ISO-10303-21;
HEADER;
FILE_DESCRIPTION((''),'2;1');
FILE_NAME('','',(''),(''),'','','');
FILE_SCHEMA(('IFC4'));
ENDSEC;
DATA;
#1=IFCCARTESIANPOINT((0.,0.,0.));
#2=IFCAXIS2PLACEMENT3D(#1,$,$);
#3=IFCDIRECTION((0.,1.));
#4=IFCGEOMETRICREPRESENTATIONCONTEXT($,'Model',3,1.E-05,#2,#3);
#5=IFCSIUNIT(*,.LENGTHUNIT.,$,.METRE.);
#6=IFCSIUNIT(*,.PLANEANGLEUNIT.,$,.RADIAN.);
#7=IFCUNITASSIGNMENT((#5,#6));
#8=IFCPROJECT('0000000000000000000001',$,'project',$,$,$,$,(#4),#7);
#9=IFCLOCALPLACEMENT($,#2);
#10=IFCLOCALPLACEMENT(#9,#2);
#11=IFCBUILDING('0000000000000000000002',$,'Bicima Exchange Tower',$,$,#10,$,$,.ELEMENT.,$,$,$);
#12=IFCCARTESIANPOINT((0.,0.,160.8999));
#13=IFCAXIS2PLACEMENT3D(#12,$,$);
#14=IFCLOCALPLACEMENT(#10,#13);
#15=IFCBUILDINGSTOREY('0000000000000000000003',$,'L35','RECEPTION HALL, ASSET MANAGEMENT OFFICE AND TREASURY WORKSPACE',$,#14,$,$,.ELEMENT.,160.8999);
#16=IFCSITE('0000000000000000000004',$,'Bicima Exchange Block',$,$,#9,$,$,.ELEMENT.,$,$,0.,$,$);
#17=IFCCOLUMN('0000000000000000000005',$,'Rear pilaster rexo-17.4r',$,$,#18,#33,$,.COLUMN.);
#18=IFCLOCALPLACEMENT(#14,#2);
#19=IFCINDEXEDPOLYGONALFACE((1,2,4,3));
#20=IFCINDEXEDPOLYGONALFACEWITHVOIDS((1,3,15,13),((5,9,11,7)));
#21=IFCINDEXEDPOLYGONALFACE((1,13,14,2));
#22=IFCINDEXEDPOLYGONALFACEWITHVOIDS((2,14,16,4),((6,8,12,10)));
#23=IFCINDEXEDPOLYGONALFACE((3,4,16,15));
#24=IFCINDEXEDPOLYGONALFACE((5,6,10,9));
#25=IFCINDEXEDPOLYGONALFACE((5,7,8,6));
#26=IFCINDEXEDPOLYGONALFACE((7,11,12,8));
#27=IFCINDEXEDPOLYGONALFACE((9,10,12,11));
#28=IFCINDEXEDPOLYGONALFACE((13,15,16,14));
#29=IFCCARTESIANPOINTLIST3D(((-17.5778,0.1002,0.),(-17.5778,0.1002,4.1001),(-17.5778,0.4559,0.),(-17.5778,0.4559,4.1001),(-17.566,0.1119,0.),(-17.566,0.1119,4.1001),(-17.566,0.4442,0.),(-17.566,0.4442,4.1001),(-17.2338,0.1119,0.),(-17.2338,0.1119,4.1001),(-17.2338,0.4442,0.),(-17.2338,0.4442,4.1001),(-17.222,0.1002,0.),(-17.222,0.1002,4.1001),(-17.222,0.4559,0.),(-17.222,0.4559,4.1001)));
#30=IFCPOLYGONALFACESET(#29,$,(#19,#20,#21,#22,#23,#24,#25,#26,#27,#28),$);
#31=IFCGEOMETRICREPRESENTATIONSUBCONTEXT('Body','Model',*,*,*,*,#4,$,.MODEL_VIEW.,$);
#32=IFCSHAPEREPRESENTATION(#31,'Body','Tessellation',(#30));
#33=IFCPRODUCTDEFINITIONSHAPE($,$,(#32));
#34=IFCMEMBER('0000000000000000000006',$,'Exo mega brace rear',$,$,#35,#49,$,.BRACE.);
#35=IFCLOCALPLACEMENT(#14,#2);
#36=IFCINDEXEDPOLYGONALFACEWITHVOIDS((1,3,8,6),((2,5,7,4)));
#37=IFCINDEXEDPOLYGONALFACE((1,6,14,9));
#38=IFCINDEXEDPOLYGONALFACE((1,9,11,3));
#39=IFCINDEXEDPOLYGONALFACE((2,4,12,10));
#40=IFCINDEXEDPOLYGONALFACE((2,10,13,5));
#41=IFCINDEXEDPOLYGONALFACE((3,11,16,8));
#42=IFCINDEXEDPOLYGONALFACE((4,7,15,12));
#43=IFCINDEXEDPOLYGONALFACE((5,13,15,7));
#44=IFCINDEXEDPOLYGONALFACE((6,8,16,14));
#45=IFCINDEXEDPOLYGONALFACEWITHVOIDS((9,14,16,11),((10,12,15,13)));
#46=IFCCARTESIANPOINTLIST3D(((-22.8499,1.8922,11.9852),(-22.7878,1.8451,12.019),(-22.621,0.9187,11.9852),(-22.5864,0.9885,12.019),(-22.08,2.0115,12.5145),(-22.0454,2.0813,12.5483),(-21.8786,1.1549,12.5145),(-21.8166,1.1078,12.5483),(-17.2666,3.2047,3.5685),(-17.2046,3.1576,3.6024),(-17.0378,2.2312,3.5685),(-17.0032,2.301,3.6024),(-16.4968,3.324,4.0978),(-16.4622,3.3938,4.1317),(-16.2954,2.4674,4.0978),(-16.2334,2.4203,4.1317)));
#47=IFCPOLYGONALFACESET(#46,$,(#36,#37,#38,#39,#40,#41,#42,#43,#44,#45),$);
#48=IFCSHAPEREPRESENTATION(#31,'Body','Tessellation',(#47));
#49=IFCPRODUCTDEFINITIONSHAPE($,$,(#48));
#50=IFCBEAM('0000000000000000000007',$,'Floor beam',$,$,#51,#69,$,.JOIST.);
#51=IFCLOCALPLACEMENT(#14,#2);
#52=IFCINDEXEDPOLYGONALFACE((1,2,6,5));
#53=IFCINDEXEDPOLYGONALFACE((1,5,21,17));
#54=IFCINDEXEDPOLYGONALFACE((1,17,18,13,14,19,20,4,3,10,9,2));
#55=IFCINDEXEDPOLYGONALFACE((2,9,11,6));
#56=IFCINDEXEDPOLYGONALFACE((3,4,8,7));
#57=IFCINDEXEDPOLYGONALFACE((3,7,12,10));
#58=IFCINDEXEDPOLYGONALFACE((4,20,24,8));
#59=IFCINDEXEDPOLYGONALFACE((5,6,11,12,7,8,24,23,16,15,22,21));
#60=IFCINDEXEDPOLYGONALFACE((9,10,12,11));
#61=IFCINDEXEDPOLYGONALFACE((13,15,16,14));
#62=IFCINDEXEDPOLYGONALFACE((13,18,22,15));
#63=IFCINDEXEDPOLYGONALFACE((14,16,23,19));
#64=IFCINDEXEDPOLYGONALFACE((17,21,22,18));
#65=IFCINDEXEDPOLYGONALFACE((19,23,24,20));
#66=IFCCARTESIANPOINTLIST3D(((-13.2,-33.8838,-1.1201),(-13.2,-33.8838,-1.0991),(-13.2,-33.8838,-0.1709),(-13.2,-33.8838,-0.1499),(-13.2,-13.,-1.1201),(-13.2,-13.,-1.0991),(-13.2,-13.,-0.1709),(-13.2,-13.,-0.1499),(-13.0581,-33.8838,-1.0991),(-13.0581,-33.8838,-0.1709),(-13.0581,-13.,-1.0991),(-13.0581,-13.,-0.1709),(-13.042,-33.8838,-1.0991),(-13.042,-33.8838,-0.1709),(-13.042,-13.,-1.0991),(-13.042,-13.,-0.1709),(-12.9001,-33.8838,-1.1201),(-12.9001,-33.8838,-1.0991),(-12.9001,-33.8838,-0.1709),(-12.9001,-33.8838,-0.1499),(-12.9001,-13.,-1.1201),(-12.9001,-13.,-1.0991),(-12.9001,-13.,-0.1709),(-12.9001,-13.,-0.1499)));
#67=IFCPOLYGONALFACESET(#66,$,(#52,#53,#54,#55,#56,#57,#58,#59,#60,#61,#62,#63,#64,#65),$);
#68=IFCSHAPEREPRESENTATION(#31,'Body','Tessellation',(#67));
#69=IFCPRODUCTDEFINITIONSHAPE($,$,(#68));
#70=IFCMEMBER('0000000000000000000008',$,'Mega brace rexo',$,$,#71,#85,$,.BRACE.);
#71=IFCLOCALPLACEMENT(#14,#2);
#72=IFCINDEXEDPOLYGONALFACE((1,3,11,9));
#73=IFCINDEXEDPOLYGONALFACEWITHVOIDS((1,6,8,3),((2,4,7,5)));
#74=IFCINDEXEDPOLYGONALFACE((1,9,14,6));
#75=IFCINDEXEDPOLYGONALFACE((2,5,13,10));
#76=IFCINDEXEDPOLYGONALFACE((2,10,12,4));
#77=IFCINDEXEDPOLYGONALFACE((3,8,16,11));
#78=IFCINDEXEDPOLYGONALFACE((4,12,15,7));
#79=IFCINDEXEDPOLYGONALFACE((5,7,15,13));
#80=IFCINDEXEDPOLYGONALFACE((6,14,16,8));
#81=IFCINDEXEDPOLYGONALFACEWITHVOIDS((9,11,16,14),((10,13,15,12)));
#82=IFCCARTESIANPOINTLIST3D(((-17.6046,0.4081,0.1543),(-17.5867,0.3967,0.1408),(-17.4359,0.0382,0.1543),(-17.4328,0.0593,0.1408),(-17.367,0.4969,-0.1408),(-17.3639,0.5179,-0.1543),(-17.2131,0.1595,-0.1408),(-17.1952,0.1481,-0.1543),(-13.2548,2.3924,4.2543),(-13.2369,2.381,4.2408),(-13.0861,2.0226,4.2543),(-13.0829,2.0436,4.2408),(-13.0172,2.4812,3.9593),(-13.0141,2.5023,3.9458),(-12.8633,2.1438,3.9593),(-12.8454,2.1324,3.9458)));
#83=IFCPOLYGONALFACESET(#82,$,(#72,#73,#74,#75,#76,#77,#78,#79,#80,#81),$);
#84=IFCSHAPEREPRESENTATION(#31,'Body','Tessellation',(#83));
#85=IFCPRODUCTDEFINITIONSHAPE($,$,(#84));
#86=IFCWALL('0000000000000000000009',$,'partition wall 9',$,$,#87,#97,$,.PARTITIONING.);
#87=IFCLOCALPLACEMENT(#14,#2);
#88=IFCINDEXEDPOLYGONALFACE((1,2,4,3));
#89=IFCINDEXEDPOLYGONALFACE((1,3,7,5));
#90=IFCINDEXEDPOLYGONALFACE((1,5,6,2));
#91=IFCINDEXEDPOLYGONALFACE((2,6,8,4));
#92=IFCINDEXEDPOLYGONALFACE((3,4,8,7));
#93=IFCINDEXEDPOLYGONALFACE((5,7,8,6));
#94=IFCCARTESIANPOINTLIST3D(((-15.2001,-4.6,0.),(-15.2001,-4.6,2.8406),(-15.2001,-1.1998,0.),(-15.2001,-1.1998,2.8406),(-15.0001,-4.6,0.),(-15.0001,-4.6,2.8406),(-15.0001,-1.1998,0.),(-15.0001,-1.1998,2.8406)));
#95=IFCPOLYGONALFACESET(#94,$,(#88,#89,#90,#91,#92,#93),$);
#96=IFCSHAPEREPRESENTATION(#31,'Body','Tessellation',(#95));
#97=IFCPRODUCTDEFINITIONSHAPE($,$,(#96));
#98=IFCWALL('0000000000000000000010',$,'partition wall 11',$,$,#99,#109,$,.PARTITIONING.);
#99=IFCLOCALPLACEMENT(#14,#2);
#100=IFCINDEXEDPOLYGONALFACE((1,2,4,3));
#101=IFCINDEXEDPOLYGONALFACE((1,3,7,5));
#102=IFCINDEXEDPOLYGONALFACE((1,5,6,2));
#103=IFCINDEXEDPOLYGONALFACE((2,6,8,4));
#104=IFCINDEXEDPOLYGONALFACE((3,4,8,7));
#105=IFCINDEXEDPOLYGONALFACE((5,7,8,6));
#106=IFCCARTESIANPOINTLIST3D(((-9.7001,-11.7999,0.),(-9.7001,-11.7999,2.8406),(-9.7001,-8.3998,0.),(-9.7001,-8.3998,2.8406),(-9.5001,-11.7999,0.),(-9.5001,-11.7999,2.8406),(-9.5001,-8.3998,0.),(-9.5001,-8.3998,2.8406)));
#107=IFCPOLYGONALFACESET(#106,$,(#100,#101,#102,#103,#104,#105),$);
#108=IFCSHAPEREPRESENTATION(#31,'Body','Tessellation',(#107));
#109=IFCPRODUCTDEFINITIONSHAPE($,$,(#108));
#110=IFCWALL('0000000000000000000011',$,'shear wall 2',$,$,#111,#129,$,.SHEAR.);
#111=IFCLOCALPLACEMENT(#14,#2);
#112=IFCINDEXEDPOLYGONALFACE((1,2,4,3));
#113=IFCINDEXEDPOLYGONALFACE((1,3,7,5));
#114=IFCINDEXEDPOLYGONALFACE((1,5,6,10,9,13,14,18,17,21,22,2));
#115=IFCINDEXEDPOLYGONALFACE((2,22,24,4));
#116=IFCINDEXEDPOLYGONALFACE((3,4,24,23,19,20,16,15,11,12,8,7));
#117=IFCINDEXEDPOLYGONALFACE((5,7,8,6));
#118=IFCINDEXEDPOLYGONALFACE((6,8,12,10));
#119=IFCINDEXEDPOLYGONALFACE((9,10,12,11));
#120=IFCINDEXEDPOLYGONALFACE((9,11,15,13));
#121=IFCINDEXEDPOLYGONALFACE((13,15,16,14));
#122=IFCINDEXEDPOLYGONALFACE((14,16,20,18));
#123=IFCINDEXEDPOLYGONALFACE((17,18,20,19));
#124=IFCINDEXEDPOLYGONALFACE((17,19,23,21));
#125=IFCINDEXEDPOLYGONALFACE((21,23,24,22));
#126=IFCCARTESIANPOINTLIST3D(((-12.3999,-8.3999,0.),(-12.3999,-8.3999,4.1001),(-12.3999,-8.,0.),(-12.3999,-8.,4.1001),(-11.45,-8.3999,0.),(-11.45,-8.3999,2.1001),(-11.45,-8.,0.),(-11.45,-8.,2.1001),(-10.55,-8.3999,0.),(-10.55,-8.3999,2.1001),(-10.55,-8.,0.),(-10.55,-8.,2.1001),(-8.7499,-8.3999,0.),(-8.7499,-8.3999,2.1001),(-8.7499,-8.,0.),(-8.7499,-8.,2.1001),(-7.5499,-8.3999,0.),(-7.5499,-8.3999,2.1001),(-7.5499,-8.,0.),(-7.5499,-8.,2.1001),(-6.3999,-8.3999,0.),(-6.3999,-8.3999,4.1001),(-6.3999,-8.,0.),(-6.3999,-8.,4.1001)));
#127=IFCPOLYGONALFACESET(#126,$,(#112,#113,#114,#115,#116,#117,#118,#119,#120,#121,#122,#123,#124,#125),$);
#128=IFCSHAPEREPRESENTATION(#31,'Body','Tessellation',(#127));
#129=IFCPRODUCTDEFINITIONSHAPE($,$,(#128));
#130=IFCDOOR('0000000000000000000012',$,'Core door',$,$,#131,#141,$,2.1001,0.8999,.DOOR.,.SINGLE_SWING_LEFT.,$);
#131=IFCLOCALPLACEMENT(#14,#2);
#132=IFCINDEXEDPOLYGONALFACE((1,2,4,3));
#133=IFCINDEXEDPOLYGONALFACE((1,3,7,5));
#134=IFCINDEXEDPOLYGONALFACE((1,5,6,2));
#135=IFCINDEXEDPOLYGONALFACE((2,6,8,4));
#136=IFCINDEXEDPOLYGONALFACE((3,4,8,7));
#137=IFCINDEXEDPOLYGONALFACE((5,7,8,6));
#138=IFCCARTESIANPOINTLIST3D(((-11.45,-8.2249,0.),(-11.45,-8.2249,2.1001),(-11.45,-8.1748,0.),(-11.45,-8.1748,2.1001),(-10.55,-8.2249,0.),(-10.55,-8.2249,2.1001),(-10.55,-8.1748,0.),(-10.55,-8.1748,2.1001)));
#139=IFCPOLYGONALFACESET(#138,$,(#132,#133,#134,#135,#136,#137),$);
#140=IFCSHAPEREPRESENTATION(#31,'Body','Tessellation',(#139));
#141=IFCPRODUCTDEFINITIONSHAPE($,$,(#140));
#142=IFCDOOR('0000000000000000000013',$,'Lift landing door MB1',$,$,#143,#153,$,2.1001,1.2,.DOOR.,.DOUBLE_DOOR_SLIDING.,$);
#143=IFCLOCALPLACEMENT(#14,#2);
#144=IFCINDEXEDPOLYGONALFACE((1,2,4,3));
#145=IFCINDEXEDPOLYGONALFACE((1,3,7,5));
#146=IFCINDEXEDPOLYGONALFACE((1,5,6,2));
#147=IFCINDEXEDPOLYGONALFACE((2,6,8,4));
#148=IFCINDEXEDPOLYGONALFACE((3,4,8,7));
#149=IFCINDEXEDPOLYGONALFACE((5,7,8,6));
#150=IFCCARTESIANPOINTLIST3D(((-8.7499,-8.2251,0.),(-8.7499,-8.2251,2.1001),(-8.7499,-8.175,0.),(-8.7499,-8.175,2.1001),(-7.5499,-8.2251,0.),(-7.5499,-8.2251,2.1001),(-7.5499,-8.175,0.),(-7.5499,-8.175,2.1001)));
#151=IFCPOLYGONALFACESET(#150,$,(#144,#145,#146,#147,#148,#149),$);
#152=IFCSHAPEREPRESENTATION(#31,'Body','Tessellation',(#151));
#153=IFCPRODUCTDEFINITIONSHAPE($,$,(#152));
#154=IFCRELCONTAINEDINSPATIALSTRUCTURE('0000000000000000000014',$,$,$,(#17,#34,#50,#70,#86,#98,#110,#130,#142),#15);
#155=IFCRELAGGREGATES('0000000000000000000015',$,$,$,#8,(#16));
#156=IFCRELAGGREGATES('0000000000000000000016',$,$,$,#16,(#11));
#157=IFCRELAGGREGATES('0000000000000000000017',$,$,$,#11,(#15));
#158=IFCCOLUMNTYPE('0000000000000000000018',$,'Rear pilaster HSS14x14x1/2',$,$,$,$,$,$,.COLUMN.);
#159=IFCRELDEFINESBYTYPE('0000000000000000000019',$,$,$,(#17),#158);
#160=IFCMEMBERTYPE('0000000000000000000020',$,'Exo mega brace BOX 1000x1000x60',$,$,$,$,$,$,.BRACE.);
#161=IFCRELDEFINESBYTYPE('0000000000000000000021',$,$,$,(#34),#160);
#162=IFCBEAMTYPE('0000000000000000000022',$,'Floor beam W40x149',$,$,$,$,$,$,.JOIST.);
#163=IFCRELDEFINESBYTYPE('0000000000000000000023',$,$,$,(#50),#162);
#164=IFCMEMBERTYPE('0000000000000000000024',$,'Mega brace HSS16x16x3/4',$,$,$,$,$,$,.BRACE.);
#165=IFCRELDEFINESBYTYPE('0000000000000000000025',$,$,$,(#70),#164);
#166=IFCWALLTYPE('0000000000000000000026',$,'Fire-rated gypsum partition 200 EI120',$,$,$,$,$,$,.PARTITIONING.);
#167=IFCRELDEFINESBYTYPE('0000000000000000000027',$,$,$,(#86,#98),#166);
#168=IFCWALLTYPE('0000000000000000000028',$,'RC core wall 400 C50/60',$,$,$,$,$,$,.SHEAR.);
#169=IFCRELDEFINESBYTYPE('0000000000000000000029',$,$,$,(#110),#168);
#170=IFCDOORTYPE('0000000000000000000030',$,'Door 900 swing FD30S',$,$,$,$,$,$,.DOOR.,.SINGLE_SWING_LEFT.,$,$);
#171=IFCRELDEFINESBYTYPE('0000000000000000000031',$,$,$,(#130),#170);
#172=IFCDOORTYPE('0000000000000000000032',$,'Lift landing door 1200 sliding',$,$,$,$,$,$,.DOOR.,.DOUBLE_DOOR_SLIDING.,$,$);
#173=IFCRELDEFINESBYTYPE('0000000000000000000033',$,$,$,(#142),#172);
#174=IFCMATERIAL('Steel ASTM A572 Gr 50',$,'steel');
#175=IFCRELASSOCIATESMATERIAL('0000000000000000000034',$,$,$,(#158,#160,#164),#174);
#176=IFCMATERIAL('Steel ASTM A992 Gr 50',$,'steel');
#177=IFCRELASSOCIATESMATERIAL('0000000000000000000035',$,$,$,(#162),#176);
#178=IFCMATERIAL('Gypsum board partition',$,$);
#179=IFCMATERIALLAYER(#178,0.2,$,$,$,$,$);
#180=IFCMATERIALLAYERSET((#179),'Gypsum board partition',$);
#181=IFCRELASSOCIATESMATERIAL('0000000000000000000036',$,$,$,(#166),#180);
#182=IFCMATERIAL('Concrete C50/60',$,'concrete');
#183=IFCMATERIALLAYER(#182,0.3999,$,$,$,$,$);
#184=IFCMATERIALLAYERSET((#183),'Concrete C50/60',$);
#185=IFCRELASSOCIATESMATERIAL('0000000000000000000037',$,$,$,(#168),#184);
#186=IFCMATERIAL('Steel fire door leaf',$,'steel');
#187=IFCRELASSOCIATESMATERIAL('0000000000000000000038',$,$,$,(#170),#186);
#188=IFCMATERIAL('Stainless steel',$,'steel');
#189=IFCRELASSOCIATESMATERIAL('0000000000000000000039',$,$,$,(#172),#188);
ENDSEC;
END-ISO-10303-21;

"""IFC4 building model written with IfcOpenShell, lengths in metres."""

from ifc_helpers import new_model, si_unit, direction, frame, frame_2d, origin, origin_2d, place, context, subcontext, project, spatial, rectangle, hollow_rectangle, i_section, extrude, material, layer, layer_set, material_profile, profile_set, type_object, element, fill, save


model = new_model("IFC4")

# Units and contexts
model_context = context("Model", 3, precision=1e-05, world=origin(), true_north=direction((0.0, 1.0)))
body_context = subcontext(model_context, "Body", "Model", "MODEL_VIEW")
ifc_project = project(units=[si_unit("LENGTHUNIT", "METRE"), si_unit("PLANEANGLEUNIT", "RADIAN")], contexts=[model_context])

# Site, building, storey
site_placement = place(None, origin())
site = spatial("IfcSite", under=ifc_project, at=site_placement, Name="Bicima Exchange Block", CompositionType="ELEMENT", RefElevation=0.0)
building_placement = place(site_placement, origin())
building = spatial("IfcBuilding", under=site, at=building_placement, Name="Bicima Exchange Tower", CompositionType="ELEMENT")
storey_placement = place(building_placement, frame((0.0, 0.0, 160.8999)))
storey = spatial("IfcBuildingStorey", under=building, at=storey_placement, Name="L35", Description="RECEPTION HALL, ASSET MANAGEMENT OFFICE AND TREASURY WORKSPACE", CompositionType="ELEMENT", Elevation=160.8999)

# Column
ifc_material_1 = material(Name="Steel ASTM A572 Gr 50", Category="steel")
ifc_material_profile_1 = material_profile(ifc_material_1, hollow_rectangle(XDim=0.3557, YDim=0.3557, WallThickness=0.0117, at=origin_2d()))
ifc_profile_set_1 = profile_set([ifc_material_profile_1], Name="Steel ASTM A572 Gr 50")
column_type = type_object("IfcColumnType", Name="Rear pilaster HSS14x14x1/2", PredefinedType="COLUMN", material=ifc_profile_set_1)
column_placement = place(storey_placement, frame((-17.3999, 0.2781, 0.0), z_axis=(0.0, 0.0, 1.0), x_axis=(1.0, 0.0, 0.0)))
element("IfcColumn", 1, at=column_placement, inside=storey, type_object=column_type, Name="Rear pilaster rexo-17.4r", PredefinedType="COLUMN", context=body_context, shape_type="SweptSolid", body=[
    extrude(hollow_rectangle(XDim=0.3557, YDim=0.3557, WallThickness=0.0117, at=origin_2d()), origin(), (0.0, 0.0, 1.0), 4.1001),
])

# Member
ifc_material_profile_2 = material_profile(ifc_material_1, hollow_rectangle(XDim=1.0, YDim=1.0, WallThickness=0.0601, at=origin_2d()))
ifc_profile_set_2 = profile_set([ifc_material_profile_2], Name="Steel ASTM A572 Gr 50")
member_type_1 = type_object("IfcMemberType", Name="Exo mega brace BOX 1000x1000x60", PredefinedType="BRACE", material=ifc_profile_set_2)
member_1_placement = place(storey_placement, frame((-16.75, 2.8125, 3.8501), z_axis=(-0.548176, -0.128864, 0.826376), x_axis=(0.22884, -0.973464, 0.0)))
element("IfcMember", 2, at=member_1_placement, inside=storey, type_object=member_type_1, Name="Exo mega brace rear", PredefinedType="BRACE", context=body_context, shape_type="SweptSolid", body=[
    extrude(hollow_rectangle(XDim=1.0, YDim=1.0, WallThickness=0.0601, at=origin_2d()), origin(), (0.0, 0.0, 1.0), 10.1851),
])

# Beam
ifc_material_2 = material(Name="Steel ASTM A992 Gr 50", Category="steel")
ifc_material_profile_3 = material_profile(ifc_material_2, i_section(OverallWidth=0.2998, OverallDepth=0.9702, WebThickness=0.0161, FlangeThickness=0.021, at=origin_2d()))
ifc_profile_set_3 = profile_set([ifc_material_profile_3], Name="Steel ASTM A992 Gr 50")
beam_type = type_object("IfcBeamType", Name="Floor beam W40x149", PredefinedType="JOIST", material=ifc_profile_set_3)
beam_placement = place(storey_placement, frame((-13.05, -13.0, -0.635), z_axis=(0.0, -1.0, 0.0), x_axis=(1.0, 0.0, 0.0)))
element("IfcBeam", 3, at=beam_placement, inside=storey, type_object=beam_type, Name="Floor beam", PredefinedType="JOIST", context=body_context, shape_type="SweptSolid", body=[
    extrude(i_section(OverallWidth=0.2998, OverallDepth=0.9702, WebThickness=0.0161, FlangeThickness=0.021, at=origin_2d()), origin(), (0.0, 0.0, 1.0), 20.8838),
])

# Member
ifc_material_profile_4 = material_profile(ifc_material_1, hollow_rectangle(XDim=0.4065, YDim=0.4065, WallThickness=0.0178, at=origin_2d()))
ifc_profile_set_4 = profile_set([ifc_material_profile_4], Name="Steel ASTM A572 Gr 50")
member_type_2 = type_object("IfcMemberType", Name="Mega brace HSS16x16x3/4", PredefinedType="BRACE", material=ifc_profile_set_4)
member_2_placement = place(storey_placement, frame((-17.3999, 0.2781, 0.0), z_axis=(0.690629, 0.31506, 0.650975), x_axis=(-0.415045, 0.909801, 0.0)))
element("IfcMember", 4, at=member_2_placement, inside=storey, type_object=member_type_2, Name="Mega brace rexo", PredefinedType="BRACE", context=body_context, shape_type="SweptSolid", body=[
    extrude(hollow_rectangle(XDim=0.4065, YDim=0.4065, WallThickness=0.0178, at=origin_2d()), origin(), (0.0, 0.0, 1.0), 6.2983),
])

# Walls
ifc_material_3 = material(Name="Gypsum board partition")
ifc_layer_1 = layer(ifc_material_3, 0.2)
ifc_layer_set_1 = layer_set([ifc_layer_1], Name="Gypsum board partition")
wall_type_1 = type_object("IfcWallType", Name="Fire-rated gypsum partition 200 EI120", PredefinedType="PARTITIONING", material=ifc_layer_set_1)
for number, where, z_axis, x_axis, name in (
    (5, (-15.1001, -4.6001, 0.0), (0.0, 0.0, 1.0), (0.0, 1.0, 0.0), "partition wall 9"),
    (6, (-9.6001, -11.8, 0.0), (0.0, 0.0, 1.0), (0.0, 1.0, 0.0), "partition wall 11"),
):
    element("IfcWall", number, at=place(storey_placement, frame(where, z_axis=z_axis, x_axis=x_axis)), inside=storey, type_object=wall_type_1, Name=name, PredefinedType="PARTITIONING", context=body_context, shape_type="SweptSolid", body=[
        extrude(rectangle(XDim=3.4001, YDim=0.2, at=frame_2d((1.7002, 0.0))), origin(), (0.0, 0.0, 1.0), 2.8406),
    ])

# Wall, openings, doors
ifc_material_4 = material(Name="Concrete C50/60", Category="concrete")
ifc_layer_2 = layer(ifc_material_4, 0.3999)
ifc_layer_set_2 = layer_set([ifc_layer_2], Name="Concrete C50/60")
wall_type_2 = type_object("IfcWallType", Name="RC core wall 400 C50/60", PredefinedType="SHEAR", material=ifc_layer_set_2)
wall_1_placement = place(storey_placement, frame((-12.3999, -8.2, 0.0), z_axis=(0.0, 0.0, 1.0), x_axis=(1.0, 0.0, 0.0)))
wall_1 = element("IfcWall", 7, at=wall_1_placement, inside=storey, type_object=wall_type_2, Name="shear wall 2", PredefinedType="SHEAR", context=body_context, shape_type="SweptSolid", body=[
    extrude(rectangle(XDim=6.0, YDim=0.3999, at=frame_2d((3.0, 0.0))), origin(), (0.0, 0.0, 1.0), 4.1001),
])
opening_1_placement = place(wall_1_placement, frame((3.6499, 0.0, 0.0)))
opening_1 = element("IfcOpeningElement", 8, at=opening_1_placement, cuts=wall_1, PredefinedType="OPENING", context=body_context, shape_type="SweptSolid", body=[
    extrude(rectangle(XDim=1.2, YDim=2.1001, at=frame_2d((0.6001, 1.05))), frame((0.0, 0.2119, 0.0), z_axis=(0.0, -1.0, 0.0), x_axis=(1.0, 0.0, 0.0)), (0.0, 0.0, 1.0), 0.4238),
])
opening_2_placement = place(wall_1_placement, frame((0.95, 0.0, 0.0)))
opening_2 = element("IfcOpeningElement", 9, at=opening_2_placement, cuts=wall_1, PredefinedType="OPENING", context=body_context, shape_type="SweptSolid", body=[
    extrude(rectangle(XDim=0.8999, YDim=2.1001, at=frame_2d((0.45, 1.05))), frame((0.0, 0.2119, 0.0), z_axis=(0.0, -1.0, 0.0), x_axis=(1.0, 0.0, 0.0)), (0.0, 0.0, 1.0), 0.4238),
])
ifc_material_5 = material(Name="Steel fire door leaf", Category="steel")
door_type_1 = type_object("IfcDoorType", Name="Door 900 swing FD30S", OperationType="SINGLE_SWING_LEFT", PredefinedType="DOOR", material=ifc_material_5)
door_1_placement = place(opening_2_placement, frame((0.8999, 0.0, 0.0), z_axis=(0.0, 0.0, 1.0), x_axis=(-1.0, 0.0, 0.0)))
door_1 = element("IfcDoor", 10, at=door_1_placement, inside=storey, type_object=door_type_1, Name="Core door", OperationType="SINGLE_SWING_LEFT", OverallHeight=2.1001, OverallWidth=0.8999, PredefinedType="DOOR", context=body_context, shape_type="SweptSolid", body=[
    extrude(rectangle(XDim=0.8999, YDim=2.1001, at=frame_2d((0.45, 1.05))), frame((0.0, 0.0249, 0.0), z_axis=(0.0, -1.0, 0.0), x_axis=(1.0, 0.0, 0.0)), (0.0, 0.0, 1.0), 0.05),
])
fill(opening_2, door_1)
ifc_material_6 = material(Name="Stainless steel", Category="steel")
door_type_2 = type_object("IfcDoorType", Name="Lift landing door 1200 sliding", OperationType="DOUBLE_DOOR_SLIDING", PredefinedType="DOOR", material=ifc_material_6)
door_2_placement = place(opening_1_placement, origin())
door_2 = element("IfcDoor", 11, at=door_2_placement, inside=storey, type_object=door_type_2, Name="Lift landing door MB1", OperationType="DOUBLE_DOOR_SLIDING", OverallHeight=2.1001, OverallWidth=1.2, PredefinedType="DOOR", context=body_context, shape_type="SweptSolid", body=[
    extrude(rectangle(XDim=1.2, YDim=2.1001, at=frame_2d((0.6001, 1.05))), frame((0.0, 0.0249, 0.0), z_axis=(0.0, -1.0, 0.0), x_axis=(1.0, 0.0, 0.0)), (0.0, 0.0, 1.0), 0.05),
])
fill(opening_1, door_2)

save(model, "model.ifc")
